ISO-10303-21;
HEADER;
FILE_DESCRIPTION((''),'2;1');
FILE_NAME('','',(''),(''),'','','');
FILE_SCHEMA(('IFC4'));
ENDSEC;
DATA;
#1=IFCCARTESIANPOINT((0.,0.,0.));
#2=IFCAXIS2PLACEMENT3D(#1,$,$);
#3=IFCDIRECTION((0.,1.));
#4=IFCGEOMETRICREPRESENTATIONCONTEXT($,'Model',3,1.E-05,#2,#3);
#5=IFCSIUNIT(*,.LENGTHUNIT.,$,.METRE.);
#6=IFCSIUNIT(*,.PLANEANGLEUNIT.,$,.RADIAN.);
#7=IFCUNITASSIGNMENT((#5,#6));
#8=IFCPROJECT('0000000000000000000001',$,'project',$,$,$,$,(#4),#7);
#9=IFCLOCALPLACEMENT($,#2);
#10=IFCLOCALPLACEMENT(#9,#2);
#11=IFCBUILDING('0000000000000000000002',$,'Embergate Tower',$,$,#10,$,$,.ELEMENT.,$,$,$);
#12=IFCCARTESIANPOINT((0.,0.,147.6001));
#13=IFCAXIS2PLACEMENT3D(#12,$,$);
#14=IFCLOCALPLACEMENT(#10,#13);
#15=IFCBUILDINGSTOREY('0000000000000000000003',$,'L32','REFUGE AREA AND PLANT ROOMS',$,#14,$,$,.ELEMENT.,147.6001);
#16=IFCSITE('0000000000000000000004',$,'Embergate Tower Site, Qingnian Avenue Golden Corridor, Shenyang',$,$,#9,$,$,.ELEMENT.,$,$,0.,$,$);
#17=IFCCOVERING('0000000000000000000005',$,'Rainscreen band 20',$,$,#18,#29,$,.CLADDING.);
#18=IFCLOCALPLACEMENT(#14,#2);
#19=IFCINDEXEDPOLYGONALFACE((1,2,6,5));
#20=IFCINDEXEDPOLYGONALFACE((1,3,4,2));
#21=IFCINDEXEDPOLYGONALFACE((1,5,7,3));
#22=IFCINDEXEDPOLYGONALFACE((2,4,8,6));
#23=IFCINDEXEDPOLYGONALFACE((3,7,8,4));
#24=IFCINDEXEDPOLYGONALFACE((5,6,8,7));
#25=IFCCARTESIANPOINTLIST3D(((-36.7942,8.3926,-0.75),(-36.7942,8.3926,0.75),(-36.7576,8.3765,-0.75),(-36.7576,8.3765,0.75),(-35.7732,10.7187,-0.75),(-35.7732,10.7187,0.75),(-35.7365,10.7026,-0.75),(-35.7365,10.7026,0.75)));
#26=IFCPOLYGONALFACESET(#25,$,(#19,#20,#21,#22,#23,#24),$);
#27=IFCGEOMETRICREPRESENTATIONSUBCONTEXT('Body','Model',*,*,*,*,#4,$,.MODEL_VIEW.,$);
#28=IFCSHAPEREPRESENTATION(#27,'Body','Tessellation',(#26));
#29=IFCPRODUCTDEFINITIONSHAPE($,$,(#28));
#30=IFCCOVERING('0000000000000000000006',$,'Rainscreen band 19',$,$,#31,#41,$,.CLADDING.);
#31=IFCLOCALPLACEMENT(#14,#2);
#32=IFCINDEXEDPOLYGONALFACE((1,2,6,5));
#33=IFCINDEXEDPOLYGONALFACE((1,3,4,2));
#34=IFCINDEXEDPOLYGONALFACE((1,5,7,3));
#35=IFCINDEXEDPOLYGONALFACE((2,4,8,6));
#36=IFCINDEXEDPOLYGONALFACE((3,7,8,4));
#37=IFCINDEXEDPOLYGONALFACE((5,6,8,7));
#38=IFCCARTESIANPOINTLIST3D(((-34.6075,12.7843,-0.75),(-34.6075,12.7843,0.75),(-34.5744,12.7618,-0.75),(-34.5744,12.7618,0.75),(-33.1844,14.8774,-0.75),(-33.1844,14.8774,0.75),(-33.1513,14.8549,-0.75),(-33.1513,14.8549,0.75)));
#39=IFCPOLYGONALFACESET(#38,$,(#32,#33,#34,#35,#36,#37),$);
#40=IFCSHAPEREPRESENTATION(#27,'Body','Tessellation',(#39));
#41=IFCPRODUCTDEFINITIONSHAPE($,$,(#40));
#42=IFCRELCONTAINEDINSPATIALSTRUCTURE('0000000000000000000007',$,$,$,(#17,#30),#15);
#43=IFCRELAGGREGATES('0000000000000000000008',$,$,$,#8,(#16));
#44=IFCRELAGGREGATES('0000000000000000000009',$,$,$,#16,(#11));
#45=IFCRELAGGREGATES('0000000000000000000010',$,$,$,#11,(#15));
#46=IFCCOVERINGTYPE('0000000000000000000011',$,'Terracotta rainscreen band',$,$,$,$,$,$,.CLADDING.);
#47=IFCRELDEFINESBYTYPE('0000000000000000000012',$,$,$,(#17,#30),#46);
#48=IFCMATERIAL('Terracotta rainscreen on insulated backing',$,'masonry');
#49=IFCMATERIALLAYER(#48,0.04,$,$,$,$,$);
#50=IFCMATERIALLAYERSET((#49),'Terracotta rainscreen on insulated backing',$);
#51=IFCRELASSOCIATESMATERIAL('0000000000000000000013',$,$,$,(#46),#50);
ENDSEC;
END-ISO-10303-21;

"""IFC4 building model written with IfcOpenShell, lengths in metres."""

from ifc_helpers import new_model, si_unit, direction, frame, origin, origin_2d, place, context, subcontext, project, spatial, rectangle, extrude, source, transform, mapped, material, layer, layer_set, type_object, element, save


model = new_model("IFC4")

# Units and contexts
model_context = context("Model", 3, precision=1e-05, world=origin(), true_north=direction((0.0, 1.0)))
body_context = subcontext(model_context, "Body", "Model", "MODEL_VIEW")
ifc_project = project(units=[si_unit("LENGTHUNIT", "METRE"), si_unit("PLANEANGLEUNIT", "RADIAN")], contexts=[model_context])

# Site, building, storey
site_placement = place(None, origin())
site = spatial("IfcSite", under=ifc_project, at=site_placement, Name="Embergate Tower Site, Qingnian Avenue Golden Corridor, Shenyang", CompositionType="ELEMENT", RefElevation=0.0)
building_placement = place(site_placement, origin())
building = spatial("IfcBuilding", under=site, at=building_placement, Name="Embergate Tower", CompositionType="ELEMENT")
storey_placement = place(building_placement, frame((0.0, 0.0, 147.6001)))
storey = spatial("IfcBuildingStorey", under=building, at=storey_placement, Name="L32", Description="REFUGE AREA AND PLANT ROOMS", CompositionType="ELEMENT", Elevation=147.6001)

# Coverings
ifc_material_1 = material(Name="Terracotta rainscreen on insulated backing", Category="masonry")
ifc_layer_1 = layer(ifc_material_1, 0.04)
ifc_layer_set_1 = layer_set([ifc_layer_1], Name="Terracotta rainscreen on insulated backing")
covering_type = type_object("IfcCoveringType", Name="Terracotta rainscreen band", PredefinedType="CLADDING", material=ifc_layer_set_1)
shared_shape_1 = source(origin(), body_context, "Body", "SweptSolid", [
    extrude(rectangle(XDim=2.5403, YDim=0.04, at=origin_2d()), origin(), (0.0, 0.0, 1.0), 1.5),
])
covering_1_placement = place(storey_placement, frame((-36.2654, 9.5476, -0.75), z_axis=(0.0, 0.0, 1.0), x_axis=(-0.401933, -0.915669, 0.0)))
element("IfcCovering", 1, at=covering_1_placement, inside=storey, type_object=covering_type, Name="Rainscreen band 20", PredefinedType="CLADDING", context=body_context, shape_type="MappedRepresentation", body=[
    mapped(shared_shape_1, transform((0.0, 0.0, 0.0))),
])
shared_shape_2 = source(origin(), body_context, "Body", "SweptSolid", [
    extrude(rectangle(XDim=2.531, YDim=0.04, at=origin_2d()), origin(), (0.0, 0.0, 1.0), 1.5),
])
covering_2_placement = place(storey_placement, frame((-33.8794, 13.8196, -0.75), z_axis=(0.0, 0.0, 1.0), x_axis=(-0.562245, -0.826971, 0.0)))
element("IfcCovering", 2, at=covering_2_placement, inside=storey, type_object=covering_type, Name="Rainscreen band 19", PredefinedType="CLADDING", context=body_context, shape_type="MappedRepresentation", body=[
    mapped(shared_shape_2, transform((0.0, 0.0, 0.0))),
])

save(model, "model.ifc")
